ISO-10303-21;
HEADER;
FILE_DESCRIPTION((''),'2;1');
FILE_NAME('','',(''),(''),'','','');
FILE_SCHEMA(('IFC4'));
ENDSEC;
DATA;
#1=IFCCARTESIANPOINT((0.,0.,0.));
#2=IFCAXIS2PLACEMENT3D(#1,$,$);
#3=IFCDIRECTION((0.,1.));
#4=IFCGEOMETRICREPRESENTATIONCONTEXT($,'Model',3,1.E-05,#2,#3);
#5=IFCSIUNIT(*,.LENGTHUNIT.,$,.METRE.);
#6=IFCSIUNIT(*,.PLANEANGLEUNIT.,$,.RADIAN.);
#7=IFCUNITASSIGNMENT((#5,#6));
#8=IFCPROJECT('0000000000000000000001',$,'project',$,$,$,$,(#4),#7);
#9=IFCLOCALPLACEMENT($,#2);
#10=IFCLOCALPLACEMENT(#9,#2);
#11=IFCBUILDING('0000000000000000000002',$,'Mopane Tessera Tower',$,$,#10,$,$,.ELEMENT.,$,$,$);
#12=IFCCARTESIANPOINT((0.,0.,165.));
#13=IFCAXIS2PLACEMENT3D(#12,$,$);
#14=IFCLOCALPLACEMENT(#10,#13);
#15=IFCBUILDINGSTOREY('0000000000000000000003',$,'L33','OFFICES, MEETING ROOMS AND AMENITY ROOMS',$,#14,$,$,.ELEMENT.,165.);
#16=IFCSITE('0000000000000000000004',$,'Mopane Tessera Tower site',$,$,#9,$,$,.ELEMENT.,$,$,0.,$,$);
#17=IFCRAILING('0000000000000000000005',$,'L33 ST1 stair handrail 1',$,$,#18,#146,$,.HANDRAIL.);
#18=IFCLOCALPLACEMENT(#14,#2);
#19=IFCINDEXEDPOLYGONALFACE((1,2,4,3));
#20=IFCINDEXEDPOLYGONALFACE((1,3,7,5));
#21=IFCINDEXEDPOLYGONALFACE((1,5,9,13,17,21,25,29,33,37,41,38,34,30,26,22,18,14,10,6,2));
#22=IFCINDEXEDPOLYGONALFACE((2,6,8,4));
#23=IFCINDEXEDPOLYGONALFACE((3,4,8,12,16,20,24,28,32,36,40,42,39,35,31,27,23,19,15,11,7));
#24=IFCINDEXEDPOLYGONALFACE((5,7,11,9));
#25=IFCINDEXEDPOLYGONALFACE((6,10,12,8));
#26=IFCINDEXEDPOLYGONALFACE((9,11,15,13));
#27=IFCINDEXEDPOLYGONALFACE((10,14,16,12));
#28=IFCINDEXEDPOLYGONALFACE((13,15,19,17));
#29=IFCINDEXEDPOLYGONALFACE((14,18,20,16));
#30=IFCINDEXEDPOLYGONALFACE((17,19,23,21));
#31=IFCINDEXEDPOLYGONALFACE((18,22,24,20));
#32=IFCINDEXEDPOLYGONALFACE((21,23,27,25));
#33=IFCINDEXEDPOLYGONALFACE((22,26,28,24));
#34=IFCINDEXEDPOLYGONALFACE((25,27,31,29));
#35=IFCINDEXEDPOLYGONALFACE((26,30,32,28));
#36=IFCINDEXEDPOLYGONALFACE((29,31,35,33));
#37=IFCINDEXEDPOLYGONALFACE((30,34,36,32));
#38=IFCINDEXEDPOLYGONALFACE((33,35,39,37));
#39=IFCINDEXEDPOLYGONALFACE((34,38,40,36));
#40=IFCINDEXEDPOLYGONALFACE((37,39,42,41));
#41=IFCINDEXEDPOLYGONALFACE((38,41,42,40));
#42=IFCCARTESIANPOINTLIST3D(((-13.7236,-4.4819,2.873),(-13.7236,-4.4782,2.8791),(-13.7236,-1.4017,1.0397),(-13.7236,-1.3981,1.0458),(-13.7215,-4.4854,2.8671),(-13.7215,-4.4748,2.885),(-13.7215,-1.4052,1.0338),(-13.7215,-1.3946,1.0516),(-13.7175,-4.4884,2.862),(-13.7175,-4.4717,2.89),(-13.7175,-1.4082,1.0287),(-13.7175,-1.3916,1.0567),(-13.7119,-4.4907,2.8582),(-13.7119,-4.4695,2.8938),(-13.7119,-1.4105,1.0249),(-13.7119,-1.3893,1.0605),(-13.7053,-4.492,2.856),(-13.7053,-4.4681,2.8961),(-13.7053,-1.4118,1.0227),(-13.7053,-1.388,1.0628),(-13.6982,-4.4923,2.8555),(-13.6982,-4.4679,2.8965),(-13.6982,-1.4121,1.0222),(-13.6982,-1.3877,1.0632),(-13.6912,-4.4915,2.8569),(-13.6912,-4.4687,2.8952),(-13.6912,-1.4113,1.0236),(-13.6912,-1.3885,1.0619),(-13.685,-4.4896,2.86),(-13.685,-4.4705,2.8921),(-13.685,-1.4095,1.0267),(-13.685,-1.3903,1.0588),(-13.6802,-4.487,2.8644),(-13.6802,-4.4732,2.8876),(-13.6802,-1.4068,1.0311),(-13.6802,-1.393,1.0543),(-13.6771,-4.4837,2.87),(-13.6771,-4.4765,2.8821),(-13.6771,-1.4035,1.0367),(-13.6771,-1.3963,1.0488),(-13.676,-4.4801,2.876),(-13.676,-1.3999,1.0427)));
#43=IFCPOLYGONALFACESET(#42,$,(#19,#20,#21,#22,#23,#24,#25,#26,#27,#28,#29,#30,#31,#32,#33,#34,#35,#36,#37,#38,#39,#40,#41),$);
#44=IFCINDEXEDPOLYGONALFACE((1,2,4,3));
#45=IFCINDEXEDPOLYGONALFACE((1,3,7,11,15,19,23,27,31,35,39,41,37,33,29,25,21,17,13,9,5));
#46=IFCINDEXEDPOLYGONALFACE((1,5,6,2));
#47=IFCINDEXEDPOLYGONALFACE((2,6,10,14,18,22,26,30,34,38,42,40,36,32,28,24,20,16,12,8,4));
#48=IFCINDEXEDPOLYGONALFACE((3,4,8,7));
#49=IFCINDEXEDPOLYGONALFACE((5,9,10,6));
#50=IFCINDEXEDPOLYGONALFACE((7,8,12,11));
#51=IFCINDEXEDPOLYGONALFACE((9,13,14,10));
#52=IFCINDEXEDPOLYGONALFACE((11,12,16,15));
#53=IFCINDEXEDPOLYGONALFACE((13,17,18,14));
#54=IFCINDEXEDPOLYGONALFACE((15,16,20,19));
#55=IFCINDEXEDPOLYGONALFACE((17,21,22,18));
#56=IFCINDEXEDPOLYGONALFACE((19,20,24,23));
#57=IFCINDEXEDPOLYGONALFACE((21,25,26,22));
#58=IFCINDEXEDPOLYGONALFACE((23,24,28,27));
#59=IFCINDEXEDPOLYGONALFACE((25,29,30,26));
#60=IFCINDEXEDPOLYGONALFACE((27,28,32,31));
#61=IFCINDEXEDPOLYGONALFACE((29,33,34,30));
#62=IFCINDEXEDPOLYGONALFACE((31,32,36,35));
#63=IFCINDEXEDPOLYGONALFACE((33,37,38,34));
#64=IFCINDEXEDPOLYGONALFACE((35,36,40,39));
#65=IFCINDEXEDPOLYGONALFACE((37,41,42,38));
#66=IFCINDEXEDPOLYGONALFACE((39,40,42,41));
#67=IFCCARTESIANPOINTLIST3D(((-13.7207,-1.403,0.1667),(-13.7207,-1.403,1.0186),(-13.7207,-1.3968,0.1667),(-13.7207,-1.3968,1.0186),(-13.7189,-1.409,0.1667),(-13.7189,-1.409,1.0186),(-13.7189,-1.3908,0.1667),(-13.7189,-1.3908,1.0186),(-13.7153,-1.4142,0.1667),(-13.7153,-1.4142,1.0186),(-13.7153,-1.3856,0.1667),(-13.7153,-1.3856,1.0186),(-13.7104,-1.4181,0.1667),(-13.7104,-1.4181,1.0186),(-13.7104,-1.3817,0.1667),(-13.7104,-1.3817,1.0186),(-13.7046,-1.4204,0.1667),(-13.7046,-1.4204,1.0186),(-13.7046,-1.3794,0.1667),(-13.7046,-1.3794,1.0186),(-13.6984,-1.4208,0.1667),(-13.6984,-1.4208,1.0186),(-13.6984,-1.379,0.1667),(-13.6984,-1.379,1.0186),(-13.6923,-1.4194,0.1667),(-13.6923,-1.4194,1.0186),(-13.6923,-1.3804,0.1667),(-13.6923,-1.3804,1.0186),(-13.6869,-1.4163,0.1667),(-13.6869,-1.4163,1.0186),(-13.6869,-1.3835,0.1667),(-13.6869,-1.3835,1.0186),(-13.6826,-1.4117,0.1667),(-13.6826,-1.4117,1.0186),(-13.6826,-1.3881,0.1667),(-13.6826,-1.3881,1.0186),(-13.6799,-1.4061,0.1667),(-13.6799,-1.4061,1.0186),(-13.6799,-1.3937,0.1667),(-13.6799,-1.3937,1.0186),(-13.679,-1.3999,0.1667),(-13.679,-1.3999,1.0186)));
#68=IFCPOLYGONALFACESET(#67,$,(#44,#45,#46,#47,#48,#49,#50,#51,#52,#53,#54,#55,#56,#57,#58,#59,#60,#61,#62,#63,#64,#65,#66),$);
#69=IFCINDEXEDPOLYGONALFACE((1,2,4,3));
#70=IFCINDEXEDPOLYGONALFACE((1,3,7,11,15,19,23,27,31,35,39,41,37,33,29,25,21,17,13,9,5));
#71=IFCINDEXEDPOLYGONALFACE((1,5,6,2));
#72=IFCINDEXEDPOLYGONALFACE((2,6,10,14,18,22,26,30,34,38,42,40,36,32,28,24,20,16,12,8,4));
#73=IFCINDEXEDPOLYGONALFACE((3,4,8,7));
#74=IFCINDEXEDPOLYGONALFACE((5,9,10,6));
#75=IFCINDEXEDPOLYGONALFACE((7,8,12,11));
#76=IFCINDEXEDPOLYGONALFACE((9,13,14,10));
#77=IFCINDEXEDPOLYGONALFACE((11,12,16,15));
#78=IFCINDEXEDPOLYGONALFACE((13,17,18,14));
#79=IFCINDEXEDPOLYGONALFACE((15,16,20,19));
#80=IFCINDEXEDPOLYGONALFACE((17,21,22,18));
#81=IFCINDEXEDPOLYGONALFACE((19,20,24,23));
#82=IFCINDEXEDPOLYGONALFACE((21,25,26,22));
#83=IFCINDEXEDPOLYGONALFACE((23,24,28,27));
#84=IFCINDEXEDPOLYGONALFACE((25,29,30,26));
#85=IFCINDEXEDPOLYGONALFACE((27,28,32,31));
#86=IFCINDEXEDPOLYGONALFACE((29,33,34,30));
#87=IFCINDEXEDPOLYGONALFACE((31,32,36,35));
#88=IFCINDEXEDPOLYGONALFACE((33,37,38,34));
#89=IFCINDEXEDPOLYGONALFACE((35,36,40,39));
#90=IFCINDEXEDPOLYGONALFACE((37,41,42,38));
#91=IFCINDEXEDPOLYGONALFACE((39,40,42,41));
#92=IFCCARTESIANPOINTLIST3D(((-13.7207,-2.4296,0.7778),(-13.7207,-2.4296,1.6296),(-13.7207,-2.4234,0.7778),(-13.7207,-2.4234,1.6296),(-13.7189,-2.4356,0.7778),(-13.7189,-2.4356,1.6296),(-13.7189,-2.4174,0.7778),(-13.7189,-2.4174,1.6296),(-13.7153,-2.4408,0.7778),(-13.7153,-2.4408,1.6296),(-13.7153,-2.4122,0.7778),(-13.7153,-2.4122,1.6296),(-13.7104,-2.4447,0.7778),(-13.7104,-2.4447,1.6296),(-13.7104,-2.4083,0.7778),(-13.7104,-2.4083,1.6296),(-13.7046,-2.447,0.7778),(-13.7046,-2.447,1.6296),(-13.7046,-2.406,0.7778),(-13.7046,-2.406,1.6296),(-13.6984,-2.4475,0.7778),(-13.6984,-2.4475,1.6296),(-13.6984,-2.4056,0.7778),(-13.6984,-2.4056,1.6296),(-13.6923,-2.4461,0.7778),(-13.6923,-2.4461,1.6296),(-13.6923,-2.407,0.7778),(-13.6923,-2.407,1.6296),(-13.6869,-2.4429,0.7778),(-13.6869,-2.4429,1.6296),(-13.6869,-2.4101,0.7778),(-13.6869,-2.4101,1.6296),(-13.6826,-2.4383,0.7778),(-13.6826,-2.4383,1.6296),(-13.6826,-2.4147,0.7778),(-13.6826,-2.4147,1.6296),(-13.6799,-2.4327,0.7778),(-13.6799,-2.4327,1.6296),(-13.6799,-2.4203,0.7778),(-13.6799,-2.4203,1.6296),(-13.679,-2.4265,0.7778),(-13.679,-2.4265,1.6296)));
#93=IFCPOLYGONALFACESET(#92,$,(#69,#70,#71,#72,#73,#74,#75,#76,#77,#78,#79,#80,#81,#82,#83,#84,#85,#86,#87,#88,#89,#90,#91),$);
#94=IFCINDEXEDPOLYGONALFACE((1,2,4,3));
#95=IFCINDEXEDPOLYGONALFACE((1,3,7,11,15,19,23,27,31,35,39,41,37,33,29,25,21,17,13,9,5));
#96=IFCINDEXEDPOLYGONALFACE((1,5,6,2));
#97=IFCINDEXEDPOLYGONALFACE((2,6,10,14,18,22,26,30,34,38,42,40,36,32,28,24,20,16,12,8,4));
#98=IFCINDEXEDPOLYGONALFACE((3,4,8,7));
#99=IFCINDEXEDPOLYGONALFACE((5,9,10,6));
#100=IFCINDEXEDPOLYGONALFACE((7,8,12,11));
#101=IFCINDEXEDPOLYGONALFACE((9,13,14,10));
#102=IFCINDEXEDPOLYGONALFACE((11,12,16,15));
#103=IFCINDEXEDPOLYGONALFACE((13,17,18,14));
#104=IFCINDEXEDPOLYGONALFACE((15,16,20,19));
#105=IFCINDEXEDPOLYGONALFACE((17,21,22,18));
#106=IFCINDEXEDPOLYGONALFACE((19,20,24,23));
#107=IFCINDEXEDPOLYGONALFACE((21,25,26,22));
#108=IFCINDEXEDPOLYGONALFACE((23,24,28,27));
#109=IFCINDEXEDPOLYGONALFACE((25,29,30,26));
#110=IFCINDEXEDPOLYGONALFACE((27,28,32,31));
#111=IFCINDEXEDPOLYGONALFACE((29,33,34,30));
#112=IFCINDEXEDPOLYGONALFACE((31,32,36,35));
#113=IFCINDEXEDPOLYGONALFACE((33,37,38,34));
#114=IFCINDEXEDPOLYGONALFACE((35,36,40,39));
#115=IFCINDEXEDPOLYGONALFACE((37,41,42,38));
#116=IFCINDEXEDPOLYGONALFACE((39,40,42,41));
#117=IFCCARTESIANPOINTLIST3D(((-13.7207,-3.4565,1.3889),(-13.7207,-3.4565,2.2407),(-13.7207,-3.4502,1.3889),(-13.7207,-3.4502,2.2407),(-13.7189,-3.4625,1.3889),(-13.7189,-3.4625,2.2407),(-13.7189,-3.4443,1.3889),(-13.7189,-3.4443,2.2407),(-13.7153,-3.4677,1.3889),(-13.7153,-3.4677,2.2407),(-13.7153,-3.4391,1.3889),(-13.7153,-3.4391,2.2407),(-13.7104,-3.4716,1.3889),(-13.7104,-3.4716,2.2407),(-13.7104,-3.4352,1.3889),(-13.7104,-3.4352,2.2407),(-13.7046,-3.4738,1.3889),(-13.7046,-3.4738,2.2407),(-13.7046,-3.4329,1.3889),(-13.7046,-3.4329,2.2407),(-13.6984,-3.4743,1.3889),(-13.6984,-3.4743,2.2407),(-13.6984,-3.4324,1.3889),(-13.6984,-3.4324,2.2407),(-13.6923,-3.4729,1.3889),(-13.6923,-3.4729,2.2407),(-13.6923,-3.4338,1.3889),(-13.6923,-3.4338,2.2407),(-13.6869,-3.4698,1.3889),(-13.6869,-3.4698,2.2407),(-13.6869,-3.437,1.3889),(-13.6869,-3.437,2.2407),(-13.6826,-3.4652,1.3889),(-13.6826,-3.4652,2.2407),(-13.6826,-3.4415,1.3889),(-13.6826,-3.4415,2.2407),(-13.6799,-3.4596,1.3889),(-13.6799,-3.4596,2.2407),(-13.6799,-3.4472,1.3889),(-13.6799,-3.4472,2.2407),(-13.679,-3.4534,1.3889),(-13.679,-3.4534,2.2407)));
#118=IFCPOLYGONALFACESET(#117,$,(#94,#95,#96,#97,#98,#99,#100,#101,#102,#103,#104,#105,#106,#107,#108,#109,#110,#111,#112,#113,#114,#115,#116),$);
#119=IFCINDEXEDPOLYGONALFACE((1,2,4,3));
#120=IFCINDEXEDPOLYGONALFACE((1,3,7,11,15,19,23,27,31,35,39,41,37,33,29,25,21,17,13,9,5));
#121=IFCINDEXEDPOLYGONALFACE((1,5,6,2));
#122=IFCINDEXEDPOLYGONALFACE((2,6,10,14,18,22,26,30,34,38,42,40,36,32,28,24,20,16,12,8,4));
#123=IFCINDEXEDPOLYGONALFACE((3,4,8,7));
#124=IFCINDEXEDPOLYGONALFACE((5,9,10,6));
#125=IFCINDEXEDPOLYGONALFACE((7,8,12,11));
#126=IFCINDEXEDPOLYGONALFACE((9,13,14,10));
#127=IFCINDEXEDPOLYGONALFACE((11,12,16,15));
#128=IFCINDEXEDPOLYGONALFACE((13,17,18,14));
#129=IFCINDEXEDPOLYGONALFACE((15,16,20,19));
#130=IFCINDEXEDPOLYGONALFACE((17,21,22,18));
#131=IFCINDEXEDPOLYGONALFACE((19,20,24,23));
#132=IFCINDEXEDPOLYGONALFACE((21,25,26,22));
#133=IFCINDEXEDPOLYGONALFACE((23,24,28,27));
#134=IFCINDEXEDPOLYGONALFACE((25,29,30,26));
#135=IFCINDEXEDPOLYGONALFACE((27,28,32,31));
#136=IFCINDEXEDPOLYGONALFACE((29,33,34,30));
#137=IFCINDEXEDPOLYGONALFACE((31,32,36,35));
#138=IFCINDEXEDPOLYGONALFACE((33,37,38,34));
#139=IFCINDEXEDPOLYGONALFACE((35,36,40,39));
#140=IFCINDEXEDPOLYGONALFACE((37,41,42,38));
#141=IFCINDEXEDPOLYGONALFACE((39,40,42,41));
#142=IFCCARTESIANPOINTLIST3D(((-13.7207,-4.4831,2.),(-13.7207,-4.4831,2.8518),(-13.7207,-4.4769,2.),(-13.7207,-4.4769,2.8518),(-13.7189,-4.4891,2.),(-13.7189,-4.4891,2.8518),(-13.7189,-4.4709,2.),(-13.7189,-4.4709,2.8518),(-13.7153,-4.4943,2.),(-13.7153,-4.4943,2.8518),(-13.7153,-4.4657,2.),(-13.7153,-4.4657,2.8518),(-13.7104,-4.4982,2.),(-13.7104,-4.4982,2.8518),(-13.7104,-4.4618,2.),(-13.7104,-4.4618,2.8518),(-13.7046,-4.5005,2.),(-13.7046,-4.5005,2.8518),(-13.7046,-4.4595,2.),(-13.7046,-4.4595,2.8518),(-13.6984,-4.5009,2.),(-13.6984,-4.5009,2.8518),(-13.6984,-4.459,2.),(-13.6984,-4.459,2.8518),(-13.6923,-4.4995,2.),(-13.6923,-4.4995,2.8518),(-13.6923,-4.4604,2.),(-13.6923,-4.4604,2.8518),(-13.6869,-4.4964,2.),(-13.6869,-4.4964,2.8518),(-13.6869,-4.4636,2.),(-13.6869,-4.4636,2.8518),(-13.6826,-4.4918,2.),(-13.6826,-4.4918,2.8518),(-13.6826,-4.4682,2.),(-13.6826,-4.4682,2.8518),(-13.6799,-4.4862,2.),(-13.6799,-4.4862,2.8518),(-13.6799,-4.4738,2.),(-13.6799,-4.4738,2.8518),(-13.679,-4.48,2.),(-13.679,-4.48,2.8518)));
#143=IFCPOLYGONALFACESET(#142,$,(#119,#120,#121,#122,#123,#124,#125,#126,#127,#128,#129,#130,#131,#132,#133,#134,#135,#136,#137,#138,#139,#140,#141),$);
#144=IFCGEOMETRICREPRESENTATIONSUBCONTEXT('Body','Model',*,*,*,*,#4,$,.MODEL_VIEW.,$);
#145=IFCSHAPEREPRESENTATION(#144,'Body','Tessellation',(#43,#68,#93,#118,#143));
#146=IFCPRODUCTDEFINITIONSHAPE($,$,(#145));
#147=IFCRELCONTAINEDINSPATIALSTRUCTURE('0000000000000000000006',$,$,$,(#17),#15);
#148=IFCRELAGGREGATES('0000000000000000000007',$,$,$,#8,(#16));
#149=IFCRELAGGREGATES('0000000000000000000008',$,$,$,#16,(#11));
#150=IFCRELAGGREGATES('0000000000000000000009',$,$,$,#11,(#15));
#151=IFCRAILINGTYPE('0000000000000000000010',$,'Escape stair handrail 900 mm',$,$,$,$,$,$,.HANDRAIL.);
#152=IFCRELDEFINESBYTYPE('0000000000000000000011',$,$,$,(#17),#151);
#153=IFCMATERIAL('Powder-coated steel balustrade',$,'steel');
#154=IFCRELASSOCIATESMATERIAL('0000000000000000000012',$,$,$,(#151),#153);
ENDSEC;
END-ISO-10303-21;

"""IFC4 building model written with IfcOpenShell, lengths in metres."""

from ifc_helpers import new_model, si_unit, direction, frame, origin, origin_2d, place, context, subcontext, project, spatial, circle, extrude, material, type_object, element, save


model = new_model("IFC4")

# Units and contexts
model_context = context("Model", 3, precision=1e-05, world=origin(), true_north=direction((0.0, 1.0)))
body_context = subcontext(model_context, "Body", "Model", "MODEL_VIEW")
ifc_project = project(units=[si_unit("LENGTHUNIT", "METRE"), si_unit("PLANEANGLEUNIT", "RADIAN")], contexts=[model_context])

# Site, building, storey
site_placement = place(None, origin())
site = spatial("IfcSite", under=ifc_project, at=site_placement, Name="Mopane Tessera Tower site", CompositionType="ELEMENT", RefElevation=0.0)
building_placement = place(site_placement, origin())
building = spatial("IfcBuilding", under=site, at=building_placement, Name="Mopane Tessera Tower", CompositionType="ELEMENT")
storey_placement = place(building_placement, frame((0.0, 0.0, 165.0)))
storey = spatial("IfcBuildingStorey", under=building, at=storey_placement, Name="L33", Description="OFFICES, MEETING ROOMS AND AMENITY ROOMS", CompositionType="ELEMENT", Elevation=165.0)

# Railing
ifc_material_1 = material(Name="Powder-coated steel balustrade", Category="steel")
railing_type = type_object("IfcRailingType", Name="Escape stair handrail 900 mm", PredefinedType="HANDRAIL", material=ifc_material_1)
railing_placement = place(storey_placement, frame((-13.7, -1.3999, 0.1667)))
element("IfcRailing", 1, at=railing_placement, inside=storey, type_object=railing_type, Name="L33 ST1 stair handrail 1", PredefinedType="HANDRAIL", context=body_context, shape_type="SweptSolid", body=[
    extrude(circle(Radius=0.0239, at=origin_2d()), frame((0.0, 0.0, 0.876), z_axis=(0.0, -0.859309, 0.511458), x_axis=(1.0, 0.0, 0.0)), (0.0, 0.0, 1.0), 3.5845),
    extrude(circle(Radius=0.021, at=origin_2d()), origin(), (0.0, 0.0, 1.0), 0.8518),
    extrude(circle(Radius=0.021, at=origin_2d()), frame((0.0, -1.0266, 0.6111)), (0.0, 0.0, 1.0), 0.8518),
    extrude(circle(Radius=0.021, at=origin_2d()), frame((0.0, -2.0535, 1.2222)), (0.0, 0.0, 1.0), 0.8518),
    extrude(circle(Radius=0.021, at=origin_2d()), frame((0.0, -3.0801, 1.8333)), (0.0, 0.0, 1.0), 0.8518),
])

save(model, "model.ifc")
